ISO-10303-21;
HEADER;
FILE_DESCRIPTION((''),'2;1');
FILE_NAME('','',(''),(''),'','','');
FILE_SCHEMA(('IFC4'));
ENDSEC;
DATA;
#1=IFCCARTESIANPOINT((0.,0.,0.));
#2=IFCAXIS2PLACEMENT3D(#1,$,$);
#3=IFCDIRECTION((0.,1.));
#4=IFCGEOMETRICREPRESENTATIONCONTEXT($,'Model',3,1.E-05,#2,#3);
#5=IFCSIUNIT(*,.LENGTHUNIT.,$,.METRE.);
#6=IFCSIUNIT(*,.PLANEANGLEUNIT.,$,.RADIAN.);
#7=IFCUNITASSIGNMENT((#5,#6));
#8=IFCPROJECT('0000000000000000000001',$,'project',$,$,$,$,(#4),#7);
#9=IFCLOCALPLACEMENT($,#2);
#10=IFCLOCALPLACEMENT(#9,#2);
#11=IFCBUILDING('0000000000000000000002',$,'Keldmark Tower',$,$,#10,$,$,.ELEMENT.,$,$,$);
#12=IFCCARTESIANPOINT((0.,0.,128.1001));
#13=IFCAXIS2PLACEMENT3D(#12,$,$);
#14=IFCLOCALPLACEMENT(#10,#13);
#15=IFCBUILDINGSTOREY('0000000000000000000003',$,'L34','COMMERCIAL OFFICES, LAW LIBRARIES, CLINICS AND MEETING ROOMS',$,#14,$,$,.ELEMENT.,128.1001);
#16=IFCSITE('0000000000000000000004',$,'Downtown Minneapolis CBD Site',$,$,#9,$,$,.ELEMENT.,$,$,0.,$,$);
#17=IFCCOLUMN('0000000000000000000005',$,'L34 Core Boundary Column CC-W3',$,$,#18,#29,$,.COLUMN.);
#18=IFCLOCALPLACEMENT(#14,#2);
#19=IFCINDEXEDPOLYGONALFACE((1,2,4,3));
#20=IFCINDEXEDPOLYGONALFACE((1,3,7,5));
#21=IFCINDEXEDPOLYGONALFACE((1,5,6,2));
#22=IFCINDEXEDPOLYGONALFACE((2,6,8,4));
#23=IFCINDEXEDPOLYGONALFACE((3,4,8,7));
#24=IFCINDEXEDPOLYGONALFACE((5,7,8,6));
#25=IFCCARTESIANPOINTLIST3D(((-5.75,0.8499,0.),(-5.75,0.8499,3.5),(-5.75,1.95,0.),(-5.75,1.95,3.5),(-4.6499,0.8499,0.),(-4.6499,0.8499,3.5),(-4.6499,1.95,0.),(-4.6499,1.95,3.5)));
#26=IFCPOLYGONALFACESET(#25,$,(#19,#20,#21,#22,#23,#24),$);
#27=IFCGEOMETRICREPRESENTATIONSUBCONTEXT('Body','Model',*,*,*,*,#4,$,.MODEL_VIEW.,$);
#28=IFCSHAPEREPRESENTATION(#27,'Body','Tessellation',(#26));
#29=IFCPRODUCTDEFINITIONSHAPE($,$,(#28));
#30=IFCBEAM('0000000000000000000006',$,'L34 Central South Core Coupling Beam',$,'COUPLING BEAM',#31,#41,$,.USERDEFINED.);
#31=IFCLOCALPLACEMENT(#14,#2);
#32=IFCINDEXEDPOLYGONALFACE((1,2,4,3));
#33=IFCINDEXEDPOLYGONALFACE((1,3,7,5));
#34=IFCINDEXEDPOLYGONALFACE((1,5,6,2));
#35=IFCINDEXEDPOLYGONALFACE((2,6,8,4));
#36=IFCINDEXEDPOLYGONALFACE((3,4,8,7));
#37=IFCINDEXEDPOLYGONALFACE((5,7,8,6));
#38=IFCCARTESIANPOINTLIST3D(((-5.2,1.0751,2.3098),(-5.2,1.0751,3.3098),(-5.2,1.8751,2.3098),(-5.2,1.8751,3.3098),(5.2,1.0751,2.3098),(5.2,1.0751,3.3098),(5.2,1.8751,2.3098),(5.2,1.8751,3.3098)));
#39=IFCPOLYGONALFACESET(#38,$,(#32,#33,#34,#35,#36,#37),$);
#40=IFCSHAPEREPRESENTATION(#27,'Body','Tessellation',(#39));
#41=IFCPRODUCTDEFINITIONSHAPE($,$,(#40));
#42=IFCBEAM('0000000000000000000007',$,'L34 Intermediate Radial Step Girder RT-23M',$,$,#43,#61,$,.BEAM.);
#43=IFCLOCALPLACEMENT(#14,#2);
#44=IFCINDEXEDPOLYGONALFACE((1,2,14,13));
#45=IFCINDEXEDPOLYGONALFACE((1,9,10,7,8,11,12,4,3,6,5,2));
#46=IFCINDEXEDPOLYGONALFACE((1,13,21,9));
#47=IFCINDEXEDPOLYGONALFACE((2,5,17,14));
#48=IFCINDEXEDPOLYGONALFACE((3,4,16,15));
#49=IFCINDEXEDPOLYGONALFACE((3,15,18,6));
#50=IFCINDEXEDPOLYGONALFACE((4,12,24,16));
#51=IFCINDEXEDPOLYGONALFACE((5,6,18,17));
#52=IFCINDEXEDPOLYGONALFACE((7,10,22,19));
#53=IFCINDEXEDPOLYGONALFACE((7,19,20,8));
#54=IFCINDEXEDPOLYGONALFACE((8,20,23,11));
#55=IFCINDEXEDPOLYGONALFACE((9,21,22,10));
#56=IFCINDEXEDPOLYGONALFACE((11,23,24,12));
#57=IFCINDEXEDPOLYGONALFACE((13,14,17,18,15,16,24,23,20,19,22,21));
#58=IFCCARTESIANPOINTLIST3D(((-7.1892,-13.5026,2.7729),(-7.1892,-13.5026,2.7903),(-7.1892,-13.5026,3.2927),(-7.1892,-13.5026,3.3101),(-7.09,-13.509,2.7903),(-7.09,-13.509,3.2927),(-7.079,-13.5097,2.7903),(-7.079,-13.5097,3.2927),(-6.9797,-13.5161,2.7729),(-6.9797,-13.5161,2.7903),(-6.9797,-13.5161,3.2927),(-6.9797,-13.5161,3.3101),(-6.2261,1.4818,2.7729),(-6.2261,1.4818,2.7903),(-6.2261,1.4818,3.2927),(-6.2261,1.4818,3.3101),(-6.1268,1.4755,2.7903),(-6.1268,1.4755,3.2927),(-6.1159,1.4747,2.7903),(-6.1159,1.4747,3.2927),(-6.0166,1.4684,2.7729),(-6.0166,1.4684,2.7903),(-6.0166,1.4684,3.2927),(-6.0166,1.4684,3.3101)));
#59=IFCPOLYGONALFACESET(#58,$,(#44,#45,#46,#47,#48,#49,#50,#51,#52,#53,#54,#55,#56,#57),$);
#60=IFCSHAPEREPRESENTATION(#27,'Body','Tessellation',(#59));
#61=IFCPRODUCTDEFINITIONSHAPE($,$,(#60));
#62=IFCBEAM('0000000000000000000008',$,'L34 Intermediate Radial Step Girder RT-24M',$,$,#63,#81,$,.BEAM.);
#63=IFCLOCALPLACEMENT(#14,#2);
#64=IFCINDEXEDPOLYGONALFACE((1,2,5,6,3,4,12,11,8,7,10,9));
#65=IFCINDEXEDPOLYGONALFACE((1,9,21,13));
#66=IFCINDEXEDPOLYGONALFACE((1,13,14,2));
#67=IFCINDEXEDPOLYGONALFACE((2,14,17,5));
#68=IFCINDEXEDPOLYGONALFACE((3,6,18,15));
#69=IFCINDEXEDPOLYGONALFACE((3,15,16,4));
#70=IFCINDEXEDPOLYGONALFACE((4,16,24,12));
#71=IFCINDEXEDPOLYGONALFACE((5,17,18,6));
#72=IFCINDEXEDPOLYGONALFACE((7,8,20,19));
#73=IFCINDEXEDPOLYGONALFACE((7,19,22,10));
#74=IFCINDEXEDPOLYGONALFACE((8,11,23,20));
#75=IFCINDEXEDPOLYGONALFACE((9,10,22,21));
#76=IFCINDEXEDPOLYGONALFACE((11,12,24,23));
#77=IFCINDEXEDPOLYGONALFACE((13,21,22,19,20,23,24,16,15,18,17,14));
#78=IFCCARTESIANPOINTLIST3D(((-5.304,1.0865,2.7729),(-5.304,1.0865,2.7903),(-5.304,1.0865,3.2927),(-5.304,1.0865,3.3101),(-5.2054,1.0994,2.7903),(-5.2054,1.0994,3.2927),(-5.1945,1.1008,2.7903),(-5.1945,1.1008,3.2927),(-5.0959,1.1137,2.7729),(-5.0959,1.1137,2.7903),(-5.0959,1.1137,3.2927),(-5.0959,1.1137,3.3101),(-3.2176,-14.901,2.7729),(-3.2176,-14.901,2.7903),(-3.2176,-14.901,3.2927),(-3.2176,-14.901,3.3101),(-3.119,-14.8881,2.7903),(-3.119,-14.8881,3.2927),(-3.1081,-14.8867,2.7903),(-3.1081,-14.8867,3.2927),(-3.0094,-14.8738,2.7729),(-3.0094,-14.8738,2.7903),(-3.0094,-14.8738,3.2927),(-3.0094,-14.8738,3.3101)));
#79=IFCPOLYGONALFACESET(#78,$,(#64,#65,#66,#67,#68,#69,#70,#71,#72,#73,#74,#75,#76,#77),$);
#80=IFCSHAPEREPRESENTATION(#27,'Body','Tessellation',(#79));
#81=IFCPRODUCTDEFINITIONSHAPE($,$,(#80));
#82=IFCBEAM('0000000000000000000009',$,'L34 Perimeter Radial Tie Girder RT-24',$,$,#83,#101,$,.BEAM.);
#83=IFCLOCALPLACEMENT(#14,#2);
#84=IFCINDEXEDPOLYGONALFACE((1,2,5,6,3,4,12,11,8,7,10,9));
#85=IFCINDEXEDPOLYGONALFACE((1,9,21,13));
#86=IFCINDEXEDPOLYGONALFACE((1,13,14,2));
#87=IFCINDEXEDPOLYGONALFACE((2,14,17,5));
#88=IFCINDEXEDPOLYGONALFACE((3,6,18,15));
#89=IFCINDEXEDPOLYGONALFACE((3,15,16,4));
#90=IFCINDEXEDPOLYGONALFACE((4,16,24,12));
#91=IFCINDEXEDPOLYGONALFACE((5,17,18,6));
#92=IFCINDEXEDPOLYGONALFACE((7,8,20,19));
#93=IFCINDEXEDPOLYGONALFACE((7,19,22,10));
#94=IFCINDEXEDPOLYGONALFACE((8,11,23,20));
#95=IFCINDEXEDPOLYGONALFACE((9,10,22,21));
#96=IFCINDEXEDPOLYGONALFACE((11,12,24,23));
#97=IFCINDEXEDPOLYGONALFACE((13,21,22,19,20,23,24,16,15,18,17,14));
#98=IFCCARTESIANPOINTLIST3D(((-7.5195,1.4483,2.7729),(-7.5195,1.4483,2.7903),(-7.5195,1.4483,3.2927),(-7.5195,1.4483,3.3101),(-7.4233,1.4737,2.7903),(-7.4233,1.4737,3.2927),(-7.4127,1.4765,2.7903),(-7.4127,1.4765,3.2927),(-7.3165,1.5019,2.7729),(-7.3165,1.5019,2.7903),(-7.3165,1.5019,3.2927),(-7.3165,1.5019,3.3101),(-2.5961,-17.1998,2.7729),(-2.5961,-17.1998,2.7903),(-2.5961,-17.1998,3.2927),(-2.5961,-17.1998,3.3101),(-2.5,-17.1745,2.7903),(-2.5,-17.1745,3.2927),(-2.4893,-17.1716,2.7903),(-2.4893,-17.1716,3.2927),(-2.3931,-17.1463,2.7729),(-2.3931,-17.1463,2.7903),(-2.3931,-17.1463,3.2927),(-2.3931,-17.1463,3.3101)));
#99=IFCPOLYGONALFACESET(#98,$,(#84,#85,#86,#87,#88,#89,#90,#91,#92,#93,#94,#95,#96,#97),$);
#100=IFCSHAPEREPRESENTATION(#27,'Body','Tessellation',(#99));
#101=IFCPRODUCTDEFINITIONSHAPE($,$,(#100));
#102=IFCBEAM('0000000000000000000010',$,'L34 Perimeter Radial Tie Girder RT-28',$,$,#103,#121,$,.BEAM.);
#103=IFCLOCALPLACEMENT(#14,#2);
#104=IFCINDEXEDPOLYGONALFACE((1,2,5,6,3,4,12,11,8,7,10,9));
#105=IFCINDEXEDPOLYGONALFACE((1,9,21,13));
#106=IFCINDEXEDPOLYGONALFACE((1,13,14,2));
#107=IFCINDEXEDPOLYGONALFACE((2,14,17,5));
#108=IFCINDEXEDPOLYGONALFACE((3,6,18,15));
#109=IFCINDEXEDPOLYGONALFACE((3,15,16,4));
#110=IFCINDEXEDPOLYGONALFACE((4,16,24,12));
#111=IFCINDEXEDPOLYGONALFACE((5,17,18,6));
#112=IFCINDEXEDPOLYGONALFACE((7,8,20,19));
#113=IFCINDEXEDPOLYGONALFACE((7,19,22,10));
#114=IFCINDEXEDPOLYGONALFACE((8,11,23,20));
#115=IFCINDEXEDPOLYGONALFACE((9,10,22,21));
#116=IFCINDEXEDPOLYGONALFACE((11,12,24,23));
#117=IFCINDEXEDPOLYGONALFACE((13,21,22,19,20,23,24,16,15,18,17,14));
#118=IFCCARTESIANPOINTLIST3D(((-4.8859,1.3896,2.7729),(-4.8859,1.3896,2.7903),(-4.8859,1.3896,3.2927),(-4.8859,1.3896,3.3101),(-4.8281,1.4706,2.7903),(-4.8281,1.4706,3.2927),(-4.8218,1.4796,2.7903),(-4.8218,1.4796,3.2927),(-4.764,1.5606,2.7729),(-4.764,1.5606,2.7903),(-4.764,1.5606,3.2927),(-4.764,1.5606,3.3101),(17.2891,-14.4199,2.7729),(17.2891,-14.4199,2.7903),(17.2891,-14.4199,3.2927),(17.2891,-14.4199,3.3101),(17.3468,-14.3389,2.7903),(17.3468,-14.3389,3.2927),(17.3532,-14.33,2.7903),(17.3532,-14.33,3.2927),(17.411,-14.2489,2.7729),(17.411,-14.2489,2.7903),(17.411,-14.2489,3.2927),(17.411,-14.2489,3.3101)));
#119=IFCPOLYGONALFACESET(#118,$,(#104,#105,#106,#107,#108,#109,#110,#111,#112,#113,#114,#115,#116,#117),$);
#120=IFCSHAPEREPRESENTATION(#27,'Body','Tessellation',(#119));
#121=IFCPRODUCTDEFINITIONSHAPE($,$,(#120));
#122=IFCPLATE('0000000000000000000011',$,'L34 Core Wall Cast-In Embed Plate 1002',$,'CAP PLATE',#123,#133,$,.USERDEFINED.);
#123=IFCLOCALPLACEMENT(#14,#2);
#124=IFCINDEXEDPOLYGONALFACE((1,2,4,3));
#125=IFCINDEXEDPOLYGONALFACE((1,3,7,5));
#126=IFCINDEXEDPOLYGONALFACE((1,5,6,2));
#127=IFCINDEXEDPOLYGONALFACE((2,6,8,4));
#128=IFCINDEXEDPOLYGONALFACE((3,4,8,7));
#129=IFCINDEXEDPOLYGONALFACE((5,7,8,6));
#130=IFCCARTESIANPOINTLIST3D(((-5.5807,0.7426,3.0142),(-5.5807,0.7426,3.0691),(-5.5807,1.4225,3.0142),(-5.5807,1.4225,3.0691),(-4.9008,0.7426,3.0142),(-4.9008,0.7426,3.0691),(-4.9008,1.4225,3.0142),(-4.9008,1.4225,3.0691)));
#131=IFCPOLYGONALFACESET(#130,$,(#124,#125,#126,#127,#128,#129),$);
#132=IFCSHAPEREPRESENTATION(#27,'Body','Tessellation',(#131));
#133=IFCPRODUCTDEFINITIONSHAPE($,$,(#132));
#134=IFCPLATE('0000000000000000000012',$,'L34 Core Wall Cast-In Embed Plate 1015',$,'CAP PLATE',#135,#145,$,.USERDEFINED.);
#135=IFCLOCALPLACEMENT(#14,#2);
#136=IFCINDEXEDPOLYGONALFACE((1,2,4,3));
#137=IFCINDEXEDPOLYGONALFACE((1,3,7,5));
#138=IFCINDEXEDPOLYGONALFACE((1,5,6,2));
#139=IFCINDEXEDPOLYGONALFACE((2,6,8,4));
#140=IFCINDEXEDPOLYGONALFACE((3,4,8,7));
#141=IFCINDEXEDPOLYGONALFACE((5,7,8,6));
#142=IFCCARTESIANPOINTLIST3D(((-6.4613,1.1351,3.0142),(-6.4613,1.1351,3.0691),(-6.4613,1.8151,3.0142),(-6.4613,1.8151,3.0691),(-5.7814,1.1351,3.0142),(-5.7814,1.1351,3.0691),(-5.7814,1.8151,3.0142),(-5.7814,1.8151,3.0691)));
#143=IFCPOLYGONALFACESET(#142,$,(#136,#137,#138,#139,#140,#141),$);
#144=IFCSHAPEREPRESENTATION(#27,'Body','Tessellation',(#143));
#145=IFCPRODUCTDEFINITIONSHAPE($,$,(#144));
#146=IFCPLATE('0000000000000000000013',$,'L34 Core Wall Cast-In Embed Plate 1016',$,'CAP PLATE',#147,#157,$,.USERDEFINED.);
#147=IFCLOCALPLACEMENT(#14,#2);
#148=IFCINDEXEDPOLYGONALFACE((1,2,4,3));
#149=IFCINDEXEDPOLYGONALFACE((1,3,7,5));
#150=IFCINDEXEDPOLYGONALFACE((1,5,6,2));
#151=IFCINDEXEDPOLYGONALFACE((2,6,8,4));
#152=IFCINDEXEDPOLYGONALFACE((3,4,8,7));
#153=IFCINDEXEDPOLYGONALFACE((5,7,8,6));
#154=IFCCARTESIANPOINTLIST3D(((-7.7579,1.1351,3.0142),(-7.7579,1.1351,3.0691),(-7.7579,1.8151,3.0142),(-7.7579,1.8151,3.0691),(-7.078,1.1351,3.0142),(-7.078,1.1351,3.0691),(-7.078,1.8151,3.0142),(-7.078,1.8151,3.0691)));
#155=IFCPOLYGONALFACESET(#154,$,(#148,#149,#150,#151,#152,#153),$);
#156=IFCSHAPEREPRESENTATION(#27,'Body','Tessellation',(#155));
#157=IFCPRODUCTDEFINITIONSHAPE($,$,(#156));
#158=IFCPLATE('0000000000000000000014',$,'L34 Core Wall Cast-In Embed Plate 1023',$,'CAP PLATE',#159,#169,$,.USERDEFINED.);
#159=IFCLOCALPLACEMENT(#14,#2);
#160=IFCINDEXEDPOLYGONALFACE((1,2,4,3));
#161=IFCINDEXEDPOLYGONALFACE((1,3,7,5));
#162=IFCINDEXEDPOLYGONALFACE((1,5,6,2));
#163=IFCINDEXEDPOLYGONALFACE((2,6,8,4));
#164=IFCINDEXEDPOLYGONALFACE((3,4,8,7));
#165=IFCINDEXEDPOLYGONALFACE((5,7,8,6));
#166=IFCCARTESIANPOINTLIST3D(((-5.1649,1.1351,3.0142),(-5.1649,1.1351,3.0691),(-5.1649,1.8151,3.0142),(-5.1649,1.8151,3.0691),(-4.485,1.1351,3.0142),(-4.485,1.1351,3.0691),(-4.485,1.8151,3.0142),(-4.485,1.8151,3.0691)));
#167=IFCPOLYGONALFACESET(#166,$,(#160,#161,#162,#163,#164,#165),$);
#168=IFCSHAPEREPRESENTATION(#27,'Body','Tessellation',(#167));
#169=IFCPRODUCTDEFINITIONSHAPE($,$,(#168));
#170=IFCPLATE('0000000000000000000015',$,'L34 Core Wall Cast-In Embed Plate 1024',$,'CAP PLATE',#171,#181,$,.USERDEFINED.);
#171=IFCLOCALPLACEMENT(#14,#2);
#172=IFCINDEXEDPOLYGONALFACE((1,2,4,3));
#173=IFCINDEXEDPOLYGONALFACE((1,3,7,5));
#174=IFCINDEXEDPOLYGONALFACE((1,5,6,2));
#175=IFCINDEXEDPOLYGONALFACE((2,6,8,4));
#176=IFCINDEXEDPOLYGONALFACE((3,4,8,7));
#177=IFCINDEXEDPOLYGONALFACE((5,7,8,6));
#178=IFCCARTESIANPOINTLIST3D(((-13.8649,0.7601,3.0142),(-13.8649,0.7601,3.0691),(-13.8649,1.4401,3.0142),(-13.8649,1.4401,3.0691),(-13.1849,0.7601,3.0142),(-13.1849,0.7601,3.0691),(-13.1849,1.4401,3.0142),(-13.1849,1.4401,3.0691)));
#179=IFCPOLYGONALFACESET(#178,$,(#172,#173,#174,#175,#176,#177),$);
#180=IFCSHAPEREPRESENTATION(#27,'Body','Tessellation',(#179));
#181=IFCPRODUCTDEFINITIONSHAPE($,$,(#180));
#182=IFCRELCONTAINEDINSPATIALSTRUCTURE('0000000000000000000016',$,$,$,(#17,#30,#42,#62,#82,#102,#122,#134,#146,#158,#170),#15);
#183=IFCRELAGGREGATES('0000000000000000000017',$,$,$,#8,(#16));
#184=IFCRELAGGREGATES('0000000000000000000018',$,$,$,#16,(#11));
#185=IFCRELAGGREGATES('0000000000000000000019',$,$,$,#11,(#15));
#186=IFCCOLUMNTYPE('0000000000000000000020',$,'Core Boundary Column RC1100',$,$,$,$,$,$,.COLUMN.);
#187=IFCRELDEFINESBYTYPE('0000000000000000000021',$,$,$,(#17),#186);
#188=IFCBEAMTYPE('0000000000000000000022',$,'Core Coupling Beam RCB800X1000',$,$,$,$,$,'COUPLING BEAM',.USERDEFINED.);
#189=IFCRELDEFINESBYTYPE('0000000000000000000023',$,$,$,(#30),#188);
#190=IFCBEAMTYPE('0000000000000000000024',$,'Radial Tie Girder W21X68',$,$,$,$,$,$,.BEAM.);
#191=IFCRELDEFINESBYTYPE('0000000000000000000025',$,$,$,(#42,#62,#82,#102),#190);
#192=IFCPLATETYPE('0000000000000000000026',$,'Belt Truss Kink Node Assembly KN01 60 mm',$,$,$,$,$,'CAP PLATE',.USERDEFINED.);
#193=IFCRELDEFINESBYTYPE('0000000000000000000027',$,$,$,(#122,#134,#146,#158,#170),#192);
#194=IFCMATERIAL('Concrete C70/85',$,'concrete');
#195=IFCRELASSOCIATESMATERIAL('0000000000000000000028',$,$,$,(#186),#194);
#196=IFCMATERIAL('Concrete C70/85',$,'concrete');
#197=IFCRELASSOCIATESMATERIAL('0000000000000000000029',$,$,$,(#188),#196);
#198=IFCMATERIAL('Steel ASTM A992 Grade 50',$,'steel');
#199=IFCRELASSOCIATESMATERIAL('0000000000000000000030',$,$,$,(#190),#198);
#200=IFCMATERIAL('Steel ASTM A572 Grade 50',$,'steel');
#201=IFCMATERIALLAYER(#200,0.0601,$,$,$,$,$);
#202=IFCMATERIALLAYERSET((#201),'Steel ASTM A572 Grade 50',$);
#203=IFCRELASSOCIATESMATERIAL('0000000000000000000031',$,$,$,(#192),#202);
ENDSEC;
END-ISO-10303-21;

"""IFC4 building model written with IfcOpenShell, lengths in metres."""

from ifc_helpers import new_model, si_unit, direction, frame, origin, origin_2d, place, context, subcontext, project, spatial, rectangle, i_section, extrude, material, layer, layer_set, material_profile, profile_set, type_object, element, save


model = new_model("IFC4")

# Units and contexts
model_context = context("Model", 3, precision=1e-05, world=origin(), true_north=direction((0.0, 1.0)))
body_context = subcontext(model_context, "Body", "Model", "MODEL_VIEW")
ifc_project = project(units=[si_unit("LENGTHUNIT", "METRE"), si_unit("PLANEANGLEUNIT", "RADIAN")], contexts=[model_context])

# Site, building, storey
site_placement = place(None, origin())
site = spatial("IfcSite", under=ifc_project, at=site_placement, Name="Downtown Minneapolis CBD Site", CompositionType="ELEMENT", RefElevation=0.0)
building_placement = place(site_placement, origin())
building = spatial("IfcBuilding", under=site, at=building_placement, Name="Keldmark Tower", CompositionType="ELEMENT")
storey_placement = place(building_placement, frame((0.0, 0.0, 128.1001)))
storey = spatial("IfcBuildingStorey", under=building, at=storey_placement, Name="L34", Description="COMMERCIAL OFFICES, LAW LIBRARIES, CLINICS AND MEETING ROOMS", CompositionType="ELEMENT", Elevation=128.1001)

# Column
ifc_material_1 = material(Name="Concrete C70/85", Category="concrete")
ifc_material_profile_1 = material_profile(ifc_material_1, rectangle(XDim=1.1001, YDim=1.1001, at=origin_2d()), Name="RC1100X1100")
ifc_profile_set_1 = profile_set([ifc_material_profile_1], Name="Concrete C70/85")
column_type = type_object("IfcColumnType", Name="Core Boundary Column RC1100", PredefinedType="COLUMN", material=ifc_profile_set_1)
column_placement = place(storey_placement, frame((-5.2, 1.3999, 0.0), z_axis=(0.0, 0.0, 1.0), x_axis=(1.0, 0.0, 0.0)))
element("IfcColumn", 1, at=column_placement, inside=storey, type_object=column_type, Name="L34 Core Boundary Column CC-W3", PredefinedType="COLUMN", context=body_context, shape_type="SweptSolid", body=[
    extrude(rectangle(XDim=1.1001, YDim=1.1001, at=origin_2d()), origin(), (0.0, 0.0, 1.0), 3.5),
])

# Beams
ifc_material_2 = material(Name="Concrete C70/85", Category="concrete")
ifc_material_profile_2 = material_profile(ifc_material_2, rectangle(XDim=0.8, YDim=1.0, at=origin_2d()), Name="RCB800X1000")
ifc_profile_set_2 = profile_set([ifc_material_profile_2], Name="Concrete C70/85")
beam_type_1 = type_object("IfcBeamType", Name="Core Coupling Beam RCB800X1000", ElementType="COUPLING BEAM", PredefinedType="USERDEFINED", material=ifc_profile_set_2)
beam_1_placement = place(storey_placement, frame((-5.2, 1.4751, 2.8098), z_axis=(1.0, 0.0, 0.0), x_axis=(0.0, 1.0, 0.0)))
element("IfcBeam", 2, at=beam_1_placement, inside=storey, type_object=beam_type_1, Name="L34 Central South Core Coupling Beam", ObjectType="COUPLING BEAM", PredefinedType="USERDEFINED", context=body_context, shape_type="SweptSolid", body=[
    extrude(rectangle(XDim=0.8, YDim=1.0, at=origin_2d()), origin(), (0.0, 0.0, 1.0), 10.3999),
])
ifc_material_3 = material(Name="Steel ASTM A992 Grade 50", Category="steel")
ifc_material_profile_3 = material_profile(ifc_material_3, i_section(OverallWidth=0.21, OverallDepth=0.5371, WebThickness=0.011, FlangeThickness=0.0173, at=origin_2d()), Name="W21X68")
ifc_profile_set_3 = profile_set([ifc_material_profile_3], Name="Steel ASTM A992 Grade 50")
beam_type_2 = type_object("IfcBeamType", Name="Radial Tie Girder W21X68", PredefinedType="BEAM", material=ifc_profile_set_3)
beam_2_placement = place(storey_placement, frame((-6.1213, 1.4751, 3.0415), z_axis=(-0.064144, -0.997941, 0.0), x_axis=(0.997941, -0.064144, 0.0)))
element("IfcBeam", 3, at=beam_2_placement, inside=storey, type_object=beam_type_2, Name="L34 Intermediate Radial Step Girder RT-23M", PredefinedType="BEAM", context=body_context, shape_type="SweptSolid", body=[
    extrude(i_section(OverallWidth=0.21, OverallDepth=0.5371, WebThickness=0.011, FlangeThickness=0.0173, at=origin_2d()), origin(), (0.0, 0.0, 1.0), 15.0154),
])
beam_3_placement = place(storey_placement, frame((-5.2, 1.1001, 3.0415), z_axis=(0.129406, -0.991592, 0.0), x_axis=(0.991592, 0.129406, 0.0)))
element("IfcBeam", 4, at=beam_3_placement, inside=storey, type_object=beam_type_2, Name="L34 Intermediate Radial Step Girder RT-24M", PredefinedType="BEAM", context=body_context, shape_type="SweptSolid", body=[
    extrude(i_section(OverallWidth=0.21, OverallDepth=0.5371, WebThickness=0.011, FlangeThickness=0.0173, at=origin_2d()), origin(), (0.0, 0.0, 1.0), 16.123),
])
beam_4_placement = place(storey_placement, frame((-7.418, 1.4751, 3.0415), z_axis=(0.255265, -0.966871, 0.0), x_axis=(0.966871, 0.255265, 0.0)))
element("IfcBeam", 5, at=beam_4_placement, inside=storey, type_object=beam_type_2, Name="L34 Perimeter Radial Tie Girder RT-24", PredefinedType="BEAM", context=body_context, shape_type="SweptSolid", body=[
    extrude(i_section(OverallWidth=0.21, OverallDepth=0.5371, WebThickness=0.011, FlangeThickness=0.0173, at=origin_2d()), origin(), (0.0, 0.0, 1.0), 19.2871),
])
beam_5_placement = place(storey_placement, frame((-4.825, 1.4751, 3.0415), z_axis=(0.81425, -0.580515, 0.0), x_axis=(0.580515, 0.81425, 0.0)))
element("IfcBeam", 6, at=beam_5_placement, inside=storey, type_object=beam_type_2, Name="L34 Perimeter Radial Tie Girder RT-28", PredefinedType="BEAM", context=body_context, shape_type="SweptSolid", body=[
    extrude(i_section(OverallWidth=0.21, OverallDepth=0.5371, WebThickness=0.011, FlangeThickness=0.0173, at=origin_2d()), origin(), (0.0, 0.0, 1.0), 27.2336),
])

# Plates
ifc_material_4 = material(Name="Steel ASTM A572 Grade 50", Category="steel")
ifc_layer_1 = layer(ifc_material_4, 0.0601)
ifc_layer_set_1 = layer_set([ifc_layer_1], Name="Steel ASTM A572 Grade 50")
plate_type = type_object("IfcPlateType", Name="Belt Truss Kink Node Assembly KN01 60 mm", ElementType="CAP PLATE", PredefinedType="USERDEFINED", material=ifc_layer_set_1)
for number, where, z_axis, x_axis, name in (
    (7, (-5.2407, 1.0825, 3.0142), (0.0, 0.0, 1.0), (1.0, 0.0, 0.0), "L34 Core Wall Cast-In Embed Plate 1002"),
    (8, (-6.1213, 1.4751, 3.0142), (0.0, 0.0, 1.0), (1.0, 0.0, 0.0), "L34 Core Wall Cast-In Embed Plate 1015"),
    (9, (-7.418, 1.4751, 3.0142), (0.0, 0.0, 1.0), (1.0, 0.0, 0.0), "L34 Core Wall Cast-In Embed Plate 1016"),
    (10, (-4.825, 1.4751, 3.0142), (0.0, 0.0, 1.0), (1.0, 0.0, 0.0), "L34 Core Wall Cast-In Embed Plate 1023"),
    (11, (-13.5249, 1.1001, 3.0142), (0.0, 0.0, 1.0), (1.0, 0.0, 0.0), "L34 Core Wall Cast-In Embed Plate 1024"),
):
    element("IfcPlate", number, at=place(storey_placement, frame(where, z_axis=z_axis, x_axis=x_axis)), inside=storey, type_object=plate_type, Name=name, ObjectType="CAP PLATE", PredefinedType="USERDEFINED", context=body_context, shape_type="SweptSolid", body=[
        extrude(rectangle(XDim=0.6799, YDim=0.6799, at=origin_2d()), origin(), (0.0, 0.0, 1.0), 0.0549),
    ])

save(model, "model.ifc")
